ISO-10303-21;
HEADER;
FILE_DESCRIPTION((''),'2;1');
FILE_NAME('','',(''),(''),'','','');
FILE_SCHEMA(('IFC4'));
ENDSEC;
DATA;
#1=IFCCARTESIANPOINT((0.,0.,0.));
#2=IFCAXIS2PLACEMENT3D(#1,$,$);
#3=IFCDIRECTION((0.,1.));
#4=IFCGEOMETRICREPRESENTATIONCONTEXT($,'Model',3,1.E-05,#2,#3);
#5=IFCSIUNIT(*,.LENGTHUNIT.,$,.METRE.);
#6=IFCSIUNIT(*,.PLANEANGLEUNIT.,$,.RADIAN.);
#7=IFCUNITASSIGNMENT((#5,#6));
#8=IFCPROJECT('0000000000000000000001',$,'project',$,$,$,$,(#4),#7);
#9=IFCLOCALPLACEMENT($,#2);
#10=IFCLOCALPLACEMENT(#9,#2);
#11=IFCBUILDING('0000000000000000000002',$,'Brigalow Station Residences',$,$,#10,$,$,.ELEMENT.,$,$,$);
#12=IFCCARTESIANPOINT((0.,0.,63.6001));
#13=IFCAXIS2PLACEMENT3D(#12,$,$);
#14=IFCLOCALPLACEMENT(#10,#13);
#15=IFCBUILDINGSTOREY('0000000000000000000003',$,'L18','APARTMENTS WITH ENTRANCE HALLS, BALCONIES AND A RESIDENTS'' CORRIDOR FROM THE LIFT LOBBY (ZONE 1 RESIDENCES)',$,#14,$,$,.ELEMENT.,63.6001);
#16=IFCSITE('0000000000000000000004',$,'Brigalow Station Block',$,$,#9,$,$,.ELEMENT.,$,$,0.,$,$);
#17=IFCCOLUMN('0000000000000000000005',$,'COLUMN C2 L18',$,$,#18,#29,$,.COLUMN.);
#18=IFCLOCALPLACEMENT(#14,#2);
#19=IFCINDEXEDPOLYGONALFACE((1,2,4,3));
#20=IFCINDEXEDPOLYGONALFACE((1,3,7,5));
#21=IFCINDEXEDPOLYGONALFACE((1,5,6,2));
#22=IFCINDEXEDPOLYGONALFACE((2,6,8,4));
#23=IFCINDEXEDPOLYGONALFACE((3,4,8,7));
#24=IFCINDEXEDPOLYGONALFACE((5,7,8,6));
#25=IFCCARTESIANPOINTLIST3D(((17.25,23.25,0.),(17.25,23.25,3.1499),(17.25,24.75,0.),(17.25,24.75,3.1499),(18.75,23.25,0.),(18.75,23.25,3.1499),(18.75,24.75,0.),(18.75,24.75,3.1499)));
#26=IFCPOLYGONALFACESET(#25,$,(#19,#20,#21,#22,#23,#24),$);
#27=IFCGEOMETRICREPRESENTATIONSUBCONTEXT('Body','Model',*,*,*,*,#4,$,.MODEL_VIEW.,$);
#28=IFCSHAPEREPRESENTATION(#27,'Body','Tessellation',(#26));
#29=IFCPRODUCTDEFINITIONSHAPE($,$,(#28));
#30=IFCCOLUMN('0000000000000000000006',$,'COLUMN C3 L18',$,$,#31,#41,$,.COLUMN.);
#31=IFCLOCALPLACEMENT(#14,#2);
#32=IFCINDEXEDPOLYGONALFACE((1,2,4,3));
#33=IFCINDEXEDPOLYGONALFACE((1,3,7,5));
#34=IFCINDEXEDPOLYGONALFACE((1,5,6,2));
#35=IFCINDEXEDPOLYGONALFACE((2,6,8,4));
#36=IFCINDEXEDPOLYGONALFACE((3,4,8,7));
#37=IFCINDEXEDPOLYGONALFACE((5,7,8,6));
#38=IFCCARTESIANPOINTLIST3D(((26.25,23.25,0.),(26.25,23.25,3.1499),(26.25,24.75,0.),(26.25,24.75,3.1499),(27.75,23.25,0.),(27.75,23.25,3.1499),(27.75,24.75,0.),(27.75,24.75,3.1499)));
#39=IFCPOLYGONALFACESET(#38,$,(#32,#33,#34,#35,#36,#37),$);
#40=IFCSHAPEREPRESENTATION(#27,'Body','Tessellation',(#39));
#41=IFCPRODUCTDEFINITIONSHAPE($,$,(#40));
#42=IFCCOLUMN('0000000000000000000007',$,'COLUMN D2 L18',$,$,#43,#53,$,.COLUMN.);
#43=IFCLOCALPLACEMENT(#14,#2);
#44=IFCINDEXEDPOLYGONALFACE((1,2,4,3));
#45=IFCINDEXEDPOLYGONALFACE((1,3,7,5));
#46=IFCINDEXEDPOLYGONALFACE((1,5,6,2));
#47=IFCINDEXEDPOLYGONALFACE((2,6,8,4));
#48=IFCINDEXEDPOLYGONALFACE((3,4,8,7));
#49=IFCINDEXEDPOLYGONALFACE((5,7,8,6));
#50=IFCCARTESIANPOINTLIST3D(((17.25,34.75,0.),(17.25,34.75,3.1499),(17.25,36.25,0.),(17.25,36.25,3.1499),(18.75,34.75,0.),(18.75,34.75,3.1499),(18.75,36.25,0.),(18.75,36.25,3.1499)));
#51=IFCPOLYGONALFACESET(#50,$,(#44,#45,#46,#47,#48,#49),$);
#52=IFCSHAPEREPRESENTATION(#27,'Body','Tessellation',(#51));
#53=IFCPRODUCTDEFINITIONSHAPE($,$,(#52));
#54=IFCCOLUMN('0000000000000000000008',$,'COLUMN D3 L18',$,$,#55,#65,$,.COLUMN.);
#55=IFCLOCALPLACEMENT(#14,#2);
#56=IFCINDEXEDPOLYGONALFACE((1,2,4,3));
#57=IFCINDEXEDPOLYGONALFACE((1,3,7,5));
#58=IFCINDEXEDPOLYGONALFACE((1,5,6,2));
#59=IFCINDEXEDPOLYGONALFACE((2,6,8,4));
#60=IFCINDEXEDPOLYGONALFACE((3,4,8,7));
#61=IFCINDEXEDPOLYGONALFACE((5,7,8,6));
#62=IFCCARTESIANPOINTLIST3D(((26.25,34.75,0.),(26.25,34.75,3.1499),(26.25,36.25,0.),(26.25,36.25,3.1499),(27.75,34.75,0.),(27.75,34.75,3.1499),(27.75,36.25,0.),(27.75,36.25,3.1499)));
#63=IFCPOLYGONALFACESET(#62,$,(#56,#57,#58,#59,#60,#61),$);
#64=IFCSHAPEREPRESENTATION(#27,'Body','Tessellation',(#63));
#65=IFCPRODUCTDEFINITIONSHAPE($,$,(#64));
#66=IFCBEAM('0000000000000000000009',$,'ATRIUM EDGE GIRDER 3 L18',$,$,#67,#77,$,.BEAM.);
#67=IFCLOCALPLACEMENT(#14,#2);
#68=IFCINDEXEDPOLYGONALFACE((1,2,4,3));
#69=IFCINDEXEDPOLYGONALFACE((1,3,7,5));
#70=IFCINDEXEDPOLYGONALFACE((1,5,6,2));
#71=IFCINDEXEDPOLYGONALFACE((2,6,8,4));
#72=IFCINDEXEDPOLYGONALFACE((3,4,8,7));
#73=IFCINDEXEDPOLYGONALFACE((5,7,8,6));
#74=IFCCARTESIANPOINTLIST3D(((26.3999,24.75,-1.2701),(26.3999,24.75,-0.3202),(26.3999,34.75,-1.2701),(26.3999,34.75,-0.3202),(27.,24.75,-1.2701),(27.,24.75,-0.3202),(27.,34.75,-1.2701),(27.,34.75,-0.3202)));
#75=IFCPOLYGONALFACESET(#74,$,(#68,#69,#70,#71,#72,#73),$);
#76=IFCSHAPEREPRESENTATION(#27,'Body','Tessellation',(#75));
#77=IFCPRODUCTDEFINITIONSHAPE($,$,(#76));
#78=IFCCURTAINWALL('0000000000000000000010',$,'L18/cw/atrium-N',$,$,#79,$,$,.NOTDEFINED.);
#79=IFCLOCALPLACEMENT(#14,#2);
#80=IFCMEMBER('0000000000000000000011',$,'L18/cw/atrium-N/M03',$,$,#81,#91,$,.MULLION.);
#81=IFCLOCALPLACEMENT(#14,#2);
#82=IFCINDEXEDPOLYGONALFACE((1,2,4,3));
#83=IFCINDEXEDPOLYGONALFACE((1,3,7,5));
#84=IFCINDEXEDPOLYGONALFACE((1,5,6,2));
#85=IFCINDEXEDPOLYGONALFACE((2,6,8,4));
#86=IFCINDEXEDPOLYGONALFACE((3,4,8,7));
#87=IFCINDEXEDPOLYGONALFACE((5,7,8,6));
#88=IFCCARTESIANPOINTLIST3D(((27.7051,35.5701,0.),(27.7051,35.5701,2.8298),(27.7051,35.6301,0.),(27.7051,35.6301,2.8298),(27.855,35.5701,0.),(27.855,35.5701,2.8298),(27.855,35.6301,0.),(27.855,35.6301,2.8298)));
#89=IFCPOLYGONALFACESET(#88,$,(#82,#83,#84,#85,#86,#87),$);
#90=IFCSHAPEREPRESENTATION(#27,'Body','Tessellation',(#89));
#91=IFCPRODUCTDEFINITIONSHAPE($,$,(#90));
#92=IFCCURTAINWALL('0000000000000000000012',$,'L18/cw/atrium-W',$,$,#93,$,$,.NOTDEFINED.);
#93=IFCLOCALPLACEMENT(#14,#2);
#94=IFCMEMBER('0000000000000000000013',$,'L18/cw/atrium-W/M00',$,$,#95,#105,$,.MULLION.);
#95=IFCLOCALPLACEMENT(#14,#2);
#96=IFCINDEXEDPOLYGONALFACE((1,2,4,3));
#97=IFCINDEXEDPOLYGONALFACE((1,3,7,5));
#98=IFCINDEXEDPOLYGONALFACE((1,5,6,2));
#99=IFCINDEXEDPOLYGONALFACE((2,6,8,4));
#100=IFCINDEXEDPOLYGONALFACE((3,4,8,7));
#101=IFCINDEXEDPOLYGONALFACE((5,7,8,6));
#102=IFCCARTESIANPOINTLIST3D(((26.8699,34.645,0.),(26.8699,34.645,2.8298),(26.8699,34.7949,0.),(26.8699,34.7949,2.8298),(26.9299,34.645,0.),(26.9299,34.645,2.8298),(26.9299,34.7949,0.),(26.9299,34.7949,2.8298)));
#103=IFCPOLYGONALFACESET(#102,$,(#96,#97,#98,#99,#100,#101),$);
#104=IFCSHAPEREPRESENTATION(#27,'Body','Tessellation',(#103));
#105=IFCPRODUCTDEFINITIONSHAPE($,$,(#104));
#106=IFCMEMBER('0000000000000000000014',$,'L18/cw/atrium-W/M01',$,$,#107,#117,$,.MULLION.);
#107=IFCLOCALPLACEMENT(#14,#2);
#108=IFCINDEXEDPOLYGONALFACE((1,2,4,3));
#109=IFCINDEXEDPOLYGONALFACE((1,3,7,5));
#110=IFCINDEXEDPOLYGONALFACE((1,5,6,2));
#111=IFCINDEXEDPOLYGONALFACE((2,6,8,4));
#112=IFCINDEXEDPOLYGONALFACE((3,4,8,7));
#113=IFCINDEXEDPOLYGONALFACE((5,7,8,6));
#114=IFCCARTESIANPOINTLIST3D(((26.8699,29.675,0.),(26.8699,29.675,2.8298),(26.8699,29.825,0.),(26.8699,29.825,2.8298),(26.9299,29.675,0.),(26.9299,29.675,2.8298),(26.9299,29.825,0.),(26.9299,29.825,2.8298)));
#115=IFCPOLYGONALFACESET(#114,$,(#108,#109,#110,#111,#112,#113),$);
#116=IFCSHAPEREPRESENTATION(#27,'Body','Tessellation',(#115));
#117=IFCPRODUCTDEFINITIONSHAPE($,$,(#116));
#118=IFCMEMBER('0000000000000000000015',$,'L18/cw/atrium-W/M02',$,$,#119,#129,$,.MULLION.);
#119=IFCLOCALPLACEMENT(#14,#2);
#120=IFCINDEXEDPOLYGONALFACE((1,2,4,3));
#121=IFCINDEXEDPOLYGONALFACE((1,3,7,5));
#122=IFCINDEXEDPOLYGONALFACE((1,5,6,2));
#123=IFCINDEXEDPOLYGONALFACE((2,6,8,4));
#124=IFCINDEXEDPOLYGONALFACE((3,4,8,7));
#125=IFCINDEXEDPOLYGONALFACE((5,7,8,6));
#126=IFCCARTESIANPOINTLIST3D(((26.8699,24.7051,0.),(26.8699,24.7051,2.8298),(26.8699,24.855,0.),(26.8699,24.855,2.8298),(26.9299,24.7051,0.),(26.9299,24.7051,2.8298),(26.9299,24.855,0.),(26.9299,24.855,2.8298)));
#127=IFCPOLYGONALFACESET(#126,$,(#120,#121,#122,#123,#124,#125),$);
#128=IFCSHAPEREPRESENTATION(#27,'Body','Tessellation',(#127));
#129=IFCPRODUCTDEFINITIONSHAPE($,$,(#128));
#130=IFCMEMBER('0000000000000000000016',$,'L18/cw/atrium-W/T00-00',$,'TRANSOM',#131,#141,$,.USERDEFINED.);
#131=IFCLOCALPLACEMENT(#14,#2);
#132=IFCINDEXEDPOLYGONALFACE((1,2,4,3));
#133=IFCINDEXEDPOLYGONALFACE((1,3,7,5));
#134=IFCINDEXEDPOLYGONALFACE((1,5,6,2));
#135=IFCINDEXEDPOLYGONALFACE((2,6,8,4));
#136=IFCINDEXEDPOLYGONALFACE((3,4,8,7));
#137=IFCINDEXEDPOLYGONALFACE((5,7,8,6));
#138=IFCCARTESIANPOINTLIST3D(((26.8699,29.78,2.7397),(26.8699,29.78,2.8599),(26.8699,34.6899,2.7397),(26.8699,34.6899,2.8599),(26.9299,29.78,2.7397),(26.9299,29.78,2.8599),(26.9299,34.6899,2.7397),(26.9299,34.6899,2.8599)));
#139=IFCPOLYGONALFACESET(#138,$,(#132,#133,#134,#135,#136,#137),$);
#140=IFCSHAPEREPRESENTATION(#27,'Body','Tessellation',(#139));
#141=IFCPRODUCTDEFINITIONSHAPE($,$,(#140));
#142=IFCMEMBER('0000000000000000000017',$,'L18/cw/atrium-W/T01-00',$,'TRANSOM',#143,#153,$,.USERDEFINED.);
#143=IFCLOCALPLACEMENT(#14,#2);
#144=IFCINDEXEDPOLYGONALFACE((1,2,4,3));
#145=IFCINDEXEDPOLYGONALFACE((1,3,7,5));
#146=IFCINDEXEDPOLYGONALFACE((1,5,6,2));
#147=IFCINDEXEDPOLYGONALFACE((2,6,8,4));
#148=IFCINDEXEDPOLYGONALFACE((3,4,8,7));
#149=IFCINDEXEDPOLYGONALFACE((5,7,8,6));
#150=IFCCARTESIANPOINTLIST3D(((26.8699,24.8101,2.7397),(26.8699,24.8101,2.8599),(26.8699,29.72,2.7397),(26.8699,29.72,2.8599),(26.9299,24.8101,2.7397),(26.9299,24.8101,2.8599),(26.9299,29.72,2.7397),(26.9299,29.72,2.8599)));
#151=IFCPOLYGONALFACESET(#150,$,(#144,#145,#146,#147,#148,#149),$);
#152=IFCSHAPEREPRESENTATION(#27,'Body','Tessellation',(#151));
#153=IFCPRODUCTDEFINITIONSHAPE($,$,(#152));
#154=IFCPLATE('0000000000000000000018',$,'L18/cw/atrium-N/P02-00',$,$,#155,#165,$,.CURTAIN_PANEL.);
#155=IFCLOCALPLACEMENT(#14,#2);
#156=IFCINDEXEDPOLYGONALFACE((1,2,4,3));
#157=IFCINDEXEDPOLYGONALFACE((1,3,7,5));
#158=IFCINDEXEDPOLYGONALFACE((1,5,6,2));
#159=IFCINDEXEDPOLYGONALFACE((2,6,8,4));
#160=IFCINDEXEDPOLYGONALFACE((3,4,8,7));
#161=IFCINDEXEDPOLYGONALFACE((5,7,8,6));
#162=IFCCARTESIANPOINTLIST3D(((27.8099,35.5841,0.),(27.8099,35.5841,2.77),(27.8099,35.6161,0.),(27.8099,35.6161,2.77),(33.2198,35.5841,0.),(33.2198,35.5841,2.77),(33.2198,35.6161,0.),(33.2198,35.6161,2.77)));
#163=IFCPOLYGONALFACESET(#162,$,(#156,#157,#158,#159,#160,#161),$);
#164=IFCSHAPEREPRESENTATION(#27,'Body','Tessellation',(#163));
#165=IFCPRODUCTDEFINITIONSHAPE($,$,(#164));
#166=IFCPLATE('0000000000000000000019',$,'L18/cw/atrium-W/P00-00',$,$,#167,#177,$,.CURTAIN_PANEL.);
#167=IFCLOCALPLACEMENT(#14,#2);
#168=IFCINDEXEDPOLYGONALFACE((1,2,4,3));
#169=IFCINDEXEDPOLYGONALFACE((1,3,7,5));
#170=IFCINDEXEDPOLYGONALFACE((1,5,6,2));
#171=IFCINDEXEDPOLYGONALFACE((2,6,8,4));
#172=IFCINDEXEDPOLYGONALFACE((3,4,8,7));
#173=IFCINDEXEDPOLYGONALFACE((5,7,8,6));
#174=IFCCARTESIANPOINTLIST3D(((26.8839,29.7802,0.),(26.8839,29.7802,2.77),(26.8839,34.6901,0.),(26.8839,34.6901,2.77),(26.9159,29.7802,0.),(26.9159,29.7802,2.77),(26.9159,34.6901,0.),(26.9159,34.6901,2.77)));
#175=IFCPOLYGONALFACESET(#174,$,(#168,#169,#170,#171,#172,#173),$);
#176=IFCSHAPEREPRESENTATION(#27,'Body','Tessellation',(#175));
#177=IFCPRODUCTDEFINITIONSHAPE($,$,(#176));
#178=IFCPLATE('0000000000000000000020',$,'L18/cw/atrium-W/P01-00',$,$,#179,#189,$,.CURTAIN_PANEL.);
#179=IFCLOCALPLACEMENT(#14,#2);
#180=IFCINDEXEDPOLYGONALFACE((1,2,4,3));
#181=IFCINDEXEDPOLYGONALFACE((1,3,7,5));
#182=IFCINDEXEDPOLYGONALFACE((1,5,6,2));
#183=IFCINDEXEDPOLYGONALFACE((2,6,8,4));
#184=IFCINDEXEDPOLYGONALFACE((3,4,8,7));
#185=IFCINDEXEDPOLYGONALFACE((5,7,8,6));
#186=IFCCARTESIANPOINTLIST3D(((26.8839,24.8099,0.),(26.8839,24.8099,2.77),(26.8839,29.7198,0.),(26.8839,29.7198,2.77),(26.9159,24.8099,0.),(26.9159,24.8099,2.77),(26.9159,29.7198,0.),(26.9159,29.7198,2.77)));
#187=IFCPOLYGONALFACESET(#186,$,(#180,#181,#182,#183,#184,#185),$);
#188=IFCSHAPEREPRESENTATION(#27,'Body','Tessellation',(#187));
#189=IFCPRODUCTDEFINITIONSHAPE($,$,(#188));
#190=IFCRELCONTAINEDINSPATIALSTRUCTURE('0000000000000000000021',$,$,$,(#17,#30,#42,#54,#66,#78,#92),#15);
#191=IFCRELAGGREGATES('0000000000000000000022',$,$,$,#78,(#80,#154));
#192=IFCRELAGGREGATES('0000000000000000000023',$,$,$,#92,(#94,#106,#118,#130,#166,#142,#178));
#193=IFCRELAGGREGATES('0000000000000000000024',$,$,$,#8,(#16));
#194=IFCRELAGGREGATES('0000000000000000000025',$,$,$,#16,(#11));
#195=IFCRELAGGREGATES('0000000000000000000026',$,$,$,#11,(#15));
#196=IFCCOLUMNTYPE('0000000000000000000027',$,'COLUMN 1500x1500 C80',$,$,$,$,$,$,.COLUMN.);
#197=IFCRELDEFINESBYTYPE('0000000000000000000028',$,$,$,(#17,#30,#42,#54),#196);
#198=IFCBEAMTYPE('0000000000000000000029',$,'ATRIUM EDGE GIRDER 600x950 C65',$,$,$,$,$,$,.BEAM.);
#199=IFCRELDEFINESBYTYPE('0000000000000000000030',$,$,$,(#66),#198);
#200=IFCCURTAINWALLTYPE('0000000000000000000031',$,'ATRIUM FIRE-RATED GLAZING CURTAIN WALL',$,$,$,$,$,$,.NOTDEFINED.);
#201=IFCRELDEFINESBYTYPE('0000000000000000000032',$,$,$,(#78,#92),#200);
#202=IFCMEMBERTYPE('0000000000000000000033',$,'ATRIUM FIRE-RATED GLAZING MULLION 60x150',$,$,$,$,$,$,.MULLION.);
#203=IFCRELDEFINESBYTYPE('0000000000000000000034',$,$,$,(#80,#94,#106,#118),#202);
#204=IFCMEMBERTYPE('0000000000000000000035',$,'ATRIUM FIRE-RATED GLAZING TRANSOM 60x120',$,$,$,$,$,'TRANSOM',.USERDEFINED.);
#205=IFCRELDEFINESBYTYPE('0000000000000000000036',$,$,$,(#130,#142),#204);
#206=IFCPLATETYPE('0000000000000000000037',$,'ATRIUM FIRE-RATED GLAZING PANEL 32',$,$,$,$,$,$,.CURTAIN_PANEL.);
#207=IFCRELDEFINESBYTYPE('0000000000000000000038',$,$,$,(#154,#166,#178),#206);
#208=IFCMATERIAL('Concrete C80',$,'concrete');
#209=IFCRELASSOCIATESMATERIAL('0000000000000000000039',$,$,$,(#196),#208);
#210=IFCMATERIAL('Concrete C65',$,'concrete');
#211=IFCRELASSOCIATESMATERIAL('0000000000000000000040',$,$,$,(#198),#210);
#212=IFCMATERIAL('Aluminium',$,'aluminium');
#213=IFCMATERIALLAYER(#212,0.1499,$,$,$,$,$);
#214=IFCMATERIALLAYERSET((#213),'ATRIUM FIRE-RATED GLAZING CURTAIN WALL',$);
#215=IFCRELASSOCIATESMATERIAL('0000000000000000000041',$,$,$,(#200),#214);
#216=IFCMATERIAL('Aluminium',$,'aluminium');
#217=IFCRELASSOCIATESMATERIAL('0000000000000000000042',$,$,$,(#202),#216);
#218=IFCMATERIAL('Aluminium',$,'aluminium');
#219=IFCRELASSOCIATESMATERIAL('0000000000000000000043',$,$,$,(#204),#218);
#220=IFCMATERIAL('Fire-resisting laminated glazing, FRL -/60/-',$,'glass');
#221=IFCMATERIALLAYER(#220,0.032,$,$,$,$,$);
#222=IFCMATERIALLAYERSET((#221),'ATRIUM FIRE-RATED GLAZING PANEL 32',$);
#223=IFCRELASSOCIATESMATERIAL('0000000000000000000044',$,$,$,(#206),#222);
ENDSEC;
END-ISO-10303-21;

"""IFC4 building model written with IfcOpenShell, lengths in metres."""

from ifc_helpers import new_model, si_unit, direction, frame, origin, origin_2d, place, context, subcontext, project, spatial, rectangle, extrude, material, layer, layer_set, material_profile, profile_set, type_object, element, aggregate, save


model = new_model("IFC4")

# Units and contexts
model_context = context("Model", 3, precision=1e-05, world=origin(), true_north=direction((0.0, 1.0)))
body_context = subcontext(model_context, "Body", "Model", "MODEL_VIEW")
ifc_project = project(units=[si_unit("LENGTHUNIT", "METRE"), si_unit("PLANEANGLEUNIT", "RADIAN")], contexts=[model_context])

# Site, building, storey
site_placement = place(None, origin())
site = spatial("IfcSite", under=ifc_project, at=site_placement, Name="Brigalow Station Block", CompositionType="ELEMENT", RefElevation=0.0)
building_placement = place(site_placement, origin())
building = spatial("IfcBuilding", under=site, at=building_placement, Name="Brigalow Station Residences", CompositionType="ELEMENT")
storey_placement = place(building_placement, frame((0.0, 0.0, 63.6001)))
storey = spatial("IfcBuildingStorey", under=building, at=storey_placement, Name="L18", Description="APARTMENTS WITH ENTRANCE HALLS, BALCONIES AND A RESIDENTS' CORRIDOR FROM THE LIFT LOBBY (ZONE 1 RESIDENCES)", CompositionType="ELEMENT", Elevation=63.6001)

# Columns
ifc_material_1 = material(Name="Concrete C80", Category="concrete")
ifc_material_profile_1 = material_profile(ifc_material_1, rectangle(XDim=1.5, YDim=1.5, at=origin_2d()), Name="RC1500x1500")
ifc_profile_set_1 = profile_set([ifc_material_profile_1], Name="Concrete C80")
column_type = type_object("IfcColumnType", Name="COLUMN 1500x1500 C80", PredefinedType="COLUMN", material=ifc_profile_set_1)
for number, where, z_axis, x_axis, name in (
    (1, (18.0, 24.0, 0.0), (0.0, 0.0, 1.0), (1.0, 0.0, 0.0), "COLUMN C2 L18"),
    (2, (27.0, 24.0, 0.0), (0.0, 0.0, 1.0), (1.0, 0.0, 0.0), "COLUMN C3 L18"),
    (3, (18.0, 35.5, 0.0), (0.0, 0.0, 1.0), (1.0, 0.0, 0.0), "COLUMN D2 L18"),
    (4, (27.0, 35.5, 0.0), (0.0, 0.0, 1.0), (1.0, 0.0, 0.0), "COLUMN D3 L18"),
):
    element("IfcColumn", number, at=place(storey_placement, frame(where, z_axis=z_axis, x_axis=x_axis)), inside=storey, type_object=column_type, Name=name, PredefinedType="COLUMN", context=body_context, shape_type="SweptSolid", body=[
        extrude(rectangle(XDim=1.5, YDim=1.5, at=origin_2d()), origin(), (0.0, 0.0, 1.0), 3.1499),
    ])

# Beam
ifc_material_2 = material(Name="Concrete C65", Category="concrete")
ifc_material_profile_2 = material_profile(ifc_material_2, rectangle(XDim=0.6001, YDim=0.95, at=origin_2d()), Name="RC600x950")
ifc_profile_set_2 = profile_set([ifc_material_profile_2], Name="Concrete C65")
beam_type = type_object("IfcBeamType", Name="ATRIUM EDGE GIRDER 600x950 C65", PredefinedType="BEAM", material=ifc_profile_set_2)
beam_placement = place(storey_placement, frame((26.7, 24.75, -0.7952), z_axis=(0.0, 1.0, 0.0), x_axis=(-1.0, 0.0, 0.0)))
element("IfcBeam", 5, at=beam_placement, inside=storey, type_object=beam_type, Name="ATRIUM EDGE GIRDER 3 L18", PredefinedType="BEAM", context=body_context, shape_type="SweptSolid", body=[
    extrude(rectangle(XDim=0.6001, YDim=0.95, at=origin_2d()), origin(), (0.0, 0.0, 1.0), 10.0),
])

# Curtain wall, member
ifc_material_3 = material(Name="Aluminium", Category="aluminium")
ifc_layer_1 = layer(ifc_material_3, 0.1499)
ifc_layer_set_1 = layer_set([ifc_layer_1], Name="ATRIUM FIRE-RATED GLAZING CURTAIN WALL")
curtain_wall_type = type_object("IfcCurtainWallType", Name="ATRIUM FIRE-RATED GLAZING CURTAIN WALL", PredefinedType="NOTDEFINED", material=ifc_layer_set_1)
curtain_wall_1_placement = place(storey_placement, origin())
curtain_wall_1 = element("IfcCurtainWall", 6, at=curtain_wall_1_placement, inside=storey, type_object=curtain_wall_type, Name="L18/cw/atrium-N", PredefinedType="NOTDEFINED")
ifc_material_4 = material(Name="Aluminium", Category="aluminium")
ifc_material_profile_3 = material_profile(ifc_material_4, rectangle(XDim=0.0601, YDim=0.1499, at=origin_2d()), Name="ATRIUM FIRE-RATED GLAZING MULLION 60x150")
ifc_profile_set_3 = profile_set([ifc_material_profile_3], Name="Aluminium")
member_type_1 = type_object("IfcMemberType", Name="ATRIUM FIRE-RATED GLAZING MULLION 60x150", PredefinedType="MULLION", material=ifc_profile_set_3)
member_1_placement = place(storey_placement, frame((27.78, 35.6001, 0.0), z_axis=(0.0, 0.0, 1.0), x_axis=(0.0, -1.0, 0.0)))
member_1 = element("IfcMember", 7, at=member_1_placement, type_object=member_type_1, Name="L18/cw/atrium-N/M03", PredefinedType="MULLION", context=body_context, shape_type="SweptSolid", body=[
    extrude(rectangle(XDim=0.0601, YDim=0.1499, at=origin_2d()), origin(), (0.0, 0.0, 1.0), 2.8298),
])

# Curtain wall, members
curtain_wall_2_placement = place(storey_placement, origin())
curtain_wall_2 = element("IfcCurtainWall", 8, at=curtain_wall_2_placement, inside=storey, type_object=curtain_wall_type, Name="L18/cw/atrium-W", PredefinedType="NOTDEFINED")
member_2_placement = place(storey_placement, frame((26.8999, 34.72, 0.0), z_axis=(0.0, 0.0, 1.0), x_axis=(1.0, 0.0, 0.0)))
member_2 = element("IfcMember", 9, at=member_2_placement, type_object=member_type_1, Name="L18/cw/atrium-W/M00", PredefinedType="MULLION", context=body_context, shape_type="SweptSolid", body=[
    extrude(rectangle(XDim=0.0601, YDim=0.1499, at=origin_2d()), origin(), (0.0, 0.0, 1.0), 2.8298),
])
member_3_placement = place(storey_placement, frame((26.8999, 29.75, 0.0), z_axis=(0.0, 0.0, 1.0), x_axis=(1.0, 0.0, 0.0)))
member_3 = element("IfcMember", 10, at=member_3_placement, type_object=member_type_1, Name="L18/cw/atrium-W/M01", PredefinedType="MULLION", context=body_context, shape_type="SweptSolid", body=[
    extrude(rectangle(XDim=0.0601, YDim=0.1499, at=origin_2d()), origin(), (0.0, 0.0, 1.0), 2.8298),
])
member_4_placement = place(storey_placement, frame((26.8999, 24.78, 0.0), z_axis=(0.0, 0.0, 1.0), x_axis=(1.0, 0.0, 0.0)))
member_4 = element("IfcMember", 11, at=member_4_placement, type_object=member_type_1, Name="L18/cw/atrium-W/M02", PredefinedType="MULLION", context=body_context, shape_type="SweptSolid", body=[
    extrude(rectangle(XDim=0.0601, YDim=0.1499, at=origin_2d()), origin(), (0.0, 0.0, 1.0), 2.8298),
])
ifc_material_5 = material(Name="Aluminium", Category="aluminium")
ifc_material_profile_4 = material_profile(ifc_material_5, rectangle(XDim=0.0601, YDim=0.1201, at=origin_2d()), Name="ATRIUM FIRE-RATED GLAZING TRANSOM 60x120")
ifc_profile_set_4 = profile_set([ifc_material_profile_4], Name="Aluminium")
member_type_2 = type_object("IfcMemberType", Name="ATRIUM FIRE-RATED GLAZING TRANSOM 60x120", ElementType="TRANSOM", PredefinedType="USERDEFINED", material=ifc_profile_set_4)
member_5_placement = place(storey_placement, frame((26.8999, 34.6899, 2.7998), z_axis=(0.0, -1.0, 0.0), x_axis=(1.0, 0.0, 0.0)))
member_5 = element("IfcMember", 12, at=member_5_placement, type_object=member_type_2, Name="L18/cw/atrium-W/T00-00", ObjectType="TRANSOM", PredefinedType="USERDEFINED", context=body_context, shape_type="SweptSolid", body=[
    extrude(rectangle(XDim=0.0601, YDim=0.1201, at=origin_2d()), origin(), (0.0, 0.0, 1.0), 4.9099),
])
member_6_placement = place(storey_placement, frame((26.8999, 29.72, 2.7998), z_axis=(0.0, -1.0, 0.0), x_axis=(1.0, 0.0, 0.0)))
member_6 = element("IfcMember", 13, at=member_6_placement, type_object=member_type_2, Name="L18/cw/atrium-W/T01-00", ObjectType="TRANSOM", PredefinedType="USERDEFINED", context=body_context, shape_type="SweptSolid", body=[
    extrude(rectangle(XDim=0.0601, YDim=0.1201, at=origin_2d()), origin(), (0.0, 0.0, 1.0), 4.9099),
])

# Plates
ifc_material_6 = material(Name="Fire-resisting laminated glazing, FRL -/60/-", Category="glass")
ifc_layer_2 = layer(ifc_material_6, 0.032)
ifc_layer_set_2 = layer_set([ifc_layer_2], Name="ATRIUM FIRE-RATED GLAZING PANEL 32")
plate_type = type_object("IfcPlateType", Name="ATRIUM FIRE-RATED GLAZING PANEL 32", PredefinedType="CURTAIN_PANEL", material=ifc_layer_set_2)
plate_1_placement = place(storey_placement, frame((30.5149, 35.6001, 0.0), z_axis=(0.0, 0.0, 1.0), x_axis=(-1.0, 0.0, 0.0)))
plate_1 = element("IfcPlate", 14, at=plate_1_placement, type_object=plate_type, Name="L18/cw/atrium-N/P02-00", PredefinedType="CURTAIN_PANEL", context=body_context, shape_type="SweptSolid", body=[
    extrude(rectangle(XDim=5.4099, YDim=0.032, at=origin_2d()), origin(), (0.0, 0.0, 1.0), 2.77),
])
aggregate(curtain_wall_1, [member_1, plate_1])
plate_2_placement = place(storey_placement, frame((26.8999, 32.2351, 0.0), z_axis=(0.0, 0.0, 1.0), x_axis=(0.0, -1.0, 0.0)))
plate_2 = element("IfcPlate", 15, at=plate_2_placement, type_object=plate_type, Name="L18/cw/atrium-W/P00-00", PredefinedType="CURTAIN_PANEL", context=body_context, shape_type="SweptSolid", body=[
    extrude(rectangle(XDim=4.9099, YDim=0.032, at=origin_2d()), origin(), (0.0, 0.0, 1.0), 2.77),
])
plate_3_placement = place(storey_placement, frame((26.8999, 27.2649, 0.0), z_axis=(0.0, 0.0, 1.0), x_axis=(0.0, -1.0, 0.0)))
plate_3 = element("IfcPlate", 16, at=plate_3_placement, type_object=plate_type, Name="L18/cw/atrium-W/P01-00", PredefinedType="CURTAIN_PANEL", context=body_context, shape_type="SweptSolid", body=[
    extrude(rectangle(XDim=4.9099, YDim=0.032, at=origin_2d()), origin(), (0.0, 0.0, 1.0), 2.77),
])
aggregate(curtain_wall_2, [member_2, member_3, member_4, member_5, plate_2, member_6, plate_3])

save(model, "model.ifc")
